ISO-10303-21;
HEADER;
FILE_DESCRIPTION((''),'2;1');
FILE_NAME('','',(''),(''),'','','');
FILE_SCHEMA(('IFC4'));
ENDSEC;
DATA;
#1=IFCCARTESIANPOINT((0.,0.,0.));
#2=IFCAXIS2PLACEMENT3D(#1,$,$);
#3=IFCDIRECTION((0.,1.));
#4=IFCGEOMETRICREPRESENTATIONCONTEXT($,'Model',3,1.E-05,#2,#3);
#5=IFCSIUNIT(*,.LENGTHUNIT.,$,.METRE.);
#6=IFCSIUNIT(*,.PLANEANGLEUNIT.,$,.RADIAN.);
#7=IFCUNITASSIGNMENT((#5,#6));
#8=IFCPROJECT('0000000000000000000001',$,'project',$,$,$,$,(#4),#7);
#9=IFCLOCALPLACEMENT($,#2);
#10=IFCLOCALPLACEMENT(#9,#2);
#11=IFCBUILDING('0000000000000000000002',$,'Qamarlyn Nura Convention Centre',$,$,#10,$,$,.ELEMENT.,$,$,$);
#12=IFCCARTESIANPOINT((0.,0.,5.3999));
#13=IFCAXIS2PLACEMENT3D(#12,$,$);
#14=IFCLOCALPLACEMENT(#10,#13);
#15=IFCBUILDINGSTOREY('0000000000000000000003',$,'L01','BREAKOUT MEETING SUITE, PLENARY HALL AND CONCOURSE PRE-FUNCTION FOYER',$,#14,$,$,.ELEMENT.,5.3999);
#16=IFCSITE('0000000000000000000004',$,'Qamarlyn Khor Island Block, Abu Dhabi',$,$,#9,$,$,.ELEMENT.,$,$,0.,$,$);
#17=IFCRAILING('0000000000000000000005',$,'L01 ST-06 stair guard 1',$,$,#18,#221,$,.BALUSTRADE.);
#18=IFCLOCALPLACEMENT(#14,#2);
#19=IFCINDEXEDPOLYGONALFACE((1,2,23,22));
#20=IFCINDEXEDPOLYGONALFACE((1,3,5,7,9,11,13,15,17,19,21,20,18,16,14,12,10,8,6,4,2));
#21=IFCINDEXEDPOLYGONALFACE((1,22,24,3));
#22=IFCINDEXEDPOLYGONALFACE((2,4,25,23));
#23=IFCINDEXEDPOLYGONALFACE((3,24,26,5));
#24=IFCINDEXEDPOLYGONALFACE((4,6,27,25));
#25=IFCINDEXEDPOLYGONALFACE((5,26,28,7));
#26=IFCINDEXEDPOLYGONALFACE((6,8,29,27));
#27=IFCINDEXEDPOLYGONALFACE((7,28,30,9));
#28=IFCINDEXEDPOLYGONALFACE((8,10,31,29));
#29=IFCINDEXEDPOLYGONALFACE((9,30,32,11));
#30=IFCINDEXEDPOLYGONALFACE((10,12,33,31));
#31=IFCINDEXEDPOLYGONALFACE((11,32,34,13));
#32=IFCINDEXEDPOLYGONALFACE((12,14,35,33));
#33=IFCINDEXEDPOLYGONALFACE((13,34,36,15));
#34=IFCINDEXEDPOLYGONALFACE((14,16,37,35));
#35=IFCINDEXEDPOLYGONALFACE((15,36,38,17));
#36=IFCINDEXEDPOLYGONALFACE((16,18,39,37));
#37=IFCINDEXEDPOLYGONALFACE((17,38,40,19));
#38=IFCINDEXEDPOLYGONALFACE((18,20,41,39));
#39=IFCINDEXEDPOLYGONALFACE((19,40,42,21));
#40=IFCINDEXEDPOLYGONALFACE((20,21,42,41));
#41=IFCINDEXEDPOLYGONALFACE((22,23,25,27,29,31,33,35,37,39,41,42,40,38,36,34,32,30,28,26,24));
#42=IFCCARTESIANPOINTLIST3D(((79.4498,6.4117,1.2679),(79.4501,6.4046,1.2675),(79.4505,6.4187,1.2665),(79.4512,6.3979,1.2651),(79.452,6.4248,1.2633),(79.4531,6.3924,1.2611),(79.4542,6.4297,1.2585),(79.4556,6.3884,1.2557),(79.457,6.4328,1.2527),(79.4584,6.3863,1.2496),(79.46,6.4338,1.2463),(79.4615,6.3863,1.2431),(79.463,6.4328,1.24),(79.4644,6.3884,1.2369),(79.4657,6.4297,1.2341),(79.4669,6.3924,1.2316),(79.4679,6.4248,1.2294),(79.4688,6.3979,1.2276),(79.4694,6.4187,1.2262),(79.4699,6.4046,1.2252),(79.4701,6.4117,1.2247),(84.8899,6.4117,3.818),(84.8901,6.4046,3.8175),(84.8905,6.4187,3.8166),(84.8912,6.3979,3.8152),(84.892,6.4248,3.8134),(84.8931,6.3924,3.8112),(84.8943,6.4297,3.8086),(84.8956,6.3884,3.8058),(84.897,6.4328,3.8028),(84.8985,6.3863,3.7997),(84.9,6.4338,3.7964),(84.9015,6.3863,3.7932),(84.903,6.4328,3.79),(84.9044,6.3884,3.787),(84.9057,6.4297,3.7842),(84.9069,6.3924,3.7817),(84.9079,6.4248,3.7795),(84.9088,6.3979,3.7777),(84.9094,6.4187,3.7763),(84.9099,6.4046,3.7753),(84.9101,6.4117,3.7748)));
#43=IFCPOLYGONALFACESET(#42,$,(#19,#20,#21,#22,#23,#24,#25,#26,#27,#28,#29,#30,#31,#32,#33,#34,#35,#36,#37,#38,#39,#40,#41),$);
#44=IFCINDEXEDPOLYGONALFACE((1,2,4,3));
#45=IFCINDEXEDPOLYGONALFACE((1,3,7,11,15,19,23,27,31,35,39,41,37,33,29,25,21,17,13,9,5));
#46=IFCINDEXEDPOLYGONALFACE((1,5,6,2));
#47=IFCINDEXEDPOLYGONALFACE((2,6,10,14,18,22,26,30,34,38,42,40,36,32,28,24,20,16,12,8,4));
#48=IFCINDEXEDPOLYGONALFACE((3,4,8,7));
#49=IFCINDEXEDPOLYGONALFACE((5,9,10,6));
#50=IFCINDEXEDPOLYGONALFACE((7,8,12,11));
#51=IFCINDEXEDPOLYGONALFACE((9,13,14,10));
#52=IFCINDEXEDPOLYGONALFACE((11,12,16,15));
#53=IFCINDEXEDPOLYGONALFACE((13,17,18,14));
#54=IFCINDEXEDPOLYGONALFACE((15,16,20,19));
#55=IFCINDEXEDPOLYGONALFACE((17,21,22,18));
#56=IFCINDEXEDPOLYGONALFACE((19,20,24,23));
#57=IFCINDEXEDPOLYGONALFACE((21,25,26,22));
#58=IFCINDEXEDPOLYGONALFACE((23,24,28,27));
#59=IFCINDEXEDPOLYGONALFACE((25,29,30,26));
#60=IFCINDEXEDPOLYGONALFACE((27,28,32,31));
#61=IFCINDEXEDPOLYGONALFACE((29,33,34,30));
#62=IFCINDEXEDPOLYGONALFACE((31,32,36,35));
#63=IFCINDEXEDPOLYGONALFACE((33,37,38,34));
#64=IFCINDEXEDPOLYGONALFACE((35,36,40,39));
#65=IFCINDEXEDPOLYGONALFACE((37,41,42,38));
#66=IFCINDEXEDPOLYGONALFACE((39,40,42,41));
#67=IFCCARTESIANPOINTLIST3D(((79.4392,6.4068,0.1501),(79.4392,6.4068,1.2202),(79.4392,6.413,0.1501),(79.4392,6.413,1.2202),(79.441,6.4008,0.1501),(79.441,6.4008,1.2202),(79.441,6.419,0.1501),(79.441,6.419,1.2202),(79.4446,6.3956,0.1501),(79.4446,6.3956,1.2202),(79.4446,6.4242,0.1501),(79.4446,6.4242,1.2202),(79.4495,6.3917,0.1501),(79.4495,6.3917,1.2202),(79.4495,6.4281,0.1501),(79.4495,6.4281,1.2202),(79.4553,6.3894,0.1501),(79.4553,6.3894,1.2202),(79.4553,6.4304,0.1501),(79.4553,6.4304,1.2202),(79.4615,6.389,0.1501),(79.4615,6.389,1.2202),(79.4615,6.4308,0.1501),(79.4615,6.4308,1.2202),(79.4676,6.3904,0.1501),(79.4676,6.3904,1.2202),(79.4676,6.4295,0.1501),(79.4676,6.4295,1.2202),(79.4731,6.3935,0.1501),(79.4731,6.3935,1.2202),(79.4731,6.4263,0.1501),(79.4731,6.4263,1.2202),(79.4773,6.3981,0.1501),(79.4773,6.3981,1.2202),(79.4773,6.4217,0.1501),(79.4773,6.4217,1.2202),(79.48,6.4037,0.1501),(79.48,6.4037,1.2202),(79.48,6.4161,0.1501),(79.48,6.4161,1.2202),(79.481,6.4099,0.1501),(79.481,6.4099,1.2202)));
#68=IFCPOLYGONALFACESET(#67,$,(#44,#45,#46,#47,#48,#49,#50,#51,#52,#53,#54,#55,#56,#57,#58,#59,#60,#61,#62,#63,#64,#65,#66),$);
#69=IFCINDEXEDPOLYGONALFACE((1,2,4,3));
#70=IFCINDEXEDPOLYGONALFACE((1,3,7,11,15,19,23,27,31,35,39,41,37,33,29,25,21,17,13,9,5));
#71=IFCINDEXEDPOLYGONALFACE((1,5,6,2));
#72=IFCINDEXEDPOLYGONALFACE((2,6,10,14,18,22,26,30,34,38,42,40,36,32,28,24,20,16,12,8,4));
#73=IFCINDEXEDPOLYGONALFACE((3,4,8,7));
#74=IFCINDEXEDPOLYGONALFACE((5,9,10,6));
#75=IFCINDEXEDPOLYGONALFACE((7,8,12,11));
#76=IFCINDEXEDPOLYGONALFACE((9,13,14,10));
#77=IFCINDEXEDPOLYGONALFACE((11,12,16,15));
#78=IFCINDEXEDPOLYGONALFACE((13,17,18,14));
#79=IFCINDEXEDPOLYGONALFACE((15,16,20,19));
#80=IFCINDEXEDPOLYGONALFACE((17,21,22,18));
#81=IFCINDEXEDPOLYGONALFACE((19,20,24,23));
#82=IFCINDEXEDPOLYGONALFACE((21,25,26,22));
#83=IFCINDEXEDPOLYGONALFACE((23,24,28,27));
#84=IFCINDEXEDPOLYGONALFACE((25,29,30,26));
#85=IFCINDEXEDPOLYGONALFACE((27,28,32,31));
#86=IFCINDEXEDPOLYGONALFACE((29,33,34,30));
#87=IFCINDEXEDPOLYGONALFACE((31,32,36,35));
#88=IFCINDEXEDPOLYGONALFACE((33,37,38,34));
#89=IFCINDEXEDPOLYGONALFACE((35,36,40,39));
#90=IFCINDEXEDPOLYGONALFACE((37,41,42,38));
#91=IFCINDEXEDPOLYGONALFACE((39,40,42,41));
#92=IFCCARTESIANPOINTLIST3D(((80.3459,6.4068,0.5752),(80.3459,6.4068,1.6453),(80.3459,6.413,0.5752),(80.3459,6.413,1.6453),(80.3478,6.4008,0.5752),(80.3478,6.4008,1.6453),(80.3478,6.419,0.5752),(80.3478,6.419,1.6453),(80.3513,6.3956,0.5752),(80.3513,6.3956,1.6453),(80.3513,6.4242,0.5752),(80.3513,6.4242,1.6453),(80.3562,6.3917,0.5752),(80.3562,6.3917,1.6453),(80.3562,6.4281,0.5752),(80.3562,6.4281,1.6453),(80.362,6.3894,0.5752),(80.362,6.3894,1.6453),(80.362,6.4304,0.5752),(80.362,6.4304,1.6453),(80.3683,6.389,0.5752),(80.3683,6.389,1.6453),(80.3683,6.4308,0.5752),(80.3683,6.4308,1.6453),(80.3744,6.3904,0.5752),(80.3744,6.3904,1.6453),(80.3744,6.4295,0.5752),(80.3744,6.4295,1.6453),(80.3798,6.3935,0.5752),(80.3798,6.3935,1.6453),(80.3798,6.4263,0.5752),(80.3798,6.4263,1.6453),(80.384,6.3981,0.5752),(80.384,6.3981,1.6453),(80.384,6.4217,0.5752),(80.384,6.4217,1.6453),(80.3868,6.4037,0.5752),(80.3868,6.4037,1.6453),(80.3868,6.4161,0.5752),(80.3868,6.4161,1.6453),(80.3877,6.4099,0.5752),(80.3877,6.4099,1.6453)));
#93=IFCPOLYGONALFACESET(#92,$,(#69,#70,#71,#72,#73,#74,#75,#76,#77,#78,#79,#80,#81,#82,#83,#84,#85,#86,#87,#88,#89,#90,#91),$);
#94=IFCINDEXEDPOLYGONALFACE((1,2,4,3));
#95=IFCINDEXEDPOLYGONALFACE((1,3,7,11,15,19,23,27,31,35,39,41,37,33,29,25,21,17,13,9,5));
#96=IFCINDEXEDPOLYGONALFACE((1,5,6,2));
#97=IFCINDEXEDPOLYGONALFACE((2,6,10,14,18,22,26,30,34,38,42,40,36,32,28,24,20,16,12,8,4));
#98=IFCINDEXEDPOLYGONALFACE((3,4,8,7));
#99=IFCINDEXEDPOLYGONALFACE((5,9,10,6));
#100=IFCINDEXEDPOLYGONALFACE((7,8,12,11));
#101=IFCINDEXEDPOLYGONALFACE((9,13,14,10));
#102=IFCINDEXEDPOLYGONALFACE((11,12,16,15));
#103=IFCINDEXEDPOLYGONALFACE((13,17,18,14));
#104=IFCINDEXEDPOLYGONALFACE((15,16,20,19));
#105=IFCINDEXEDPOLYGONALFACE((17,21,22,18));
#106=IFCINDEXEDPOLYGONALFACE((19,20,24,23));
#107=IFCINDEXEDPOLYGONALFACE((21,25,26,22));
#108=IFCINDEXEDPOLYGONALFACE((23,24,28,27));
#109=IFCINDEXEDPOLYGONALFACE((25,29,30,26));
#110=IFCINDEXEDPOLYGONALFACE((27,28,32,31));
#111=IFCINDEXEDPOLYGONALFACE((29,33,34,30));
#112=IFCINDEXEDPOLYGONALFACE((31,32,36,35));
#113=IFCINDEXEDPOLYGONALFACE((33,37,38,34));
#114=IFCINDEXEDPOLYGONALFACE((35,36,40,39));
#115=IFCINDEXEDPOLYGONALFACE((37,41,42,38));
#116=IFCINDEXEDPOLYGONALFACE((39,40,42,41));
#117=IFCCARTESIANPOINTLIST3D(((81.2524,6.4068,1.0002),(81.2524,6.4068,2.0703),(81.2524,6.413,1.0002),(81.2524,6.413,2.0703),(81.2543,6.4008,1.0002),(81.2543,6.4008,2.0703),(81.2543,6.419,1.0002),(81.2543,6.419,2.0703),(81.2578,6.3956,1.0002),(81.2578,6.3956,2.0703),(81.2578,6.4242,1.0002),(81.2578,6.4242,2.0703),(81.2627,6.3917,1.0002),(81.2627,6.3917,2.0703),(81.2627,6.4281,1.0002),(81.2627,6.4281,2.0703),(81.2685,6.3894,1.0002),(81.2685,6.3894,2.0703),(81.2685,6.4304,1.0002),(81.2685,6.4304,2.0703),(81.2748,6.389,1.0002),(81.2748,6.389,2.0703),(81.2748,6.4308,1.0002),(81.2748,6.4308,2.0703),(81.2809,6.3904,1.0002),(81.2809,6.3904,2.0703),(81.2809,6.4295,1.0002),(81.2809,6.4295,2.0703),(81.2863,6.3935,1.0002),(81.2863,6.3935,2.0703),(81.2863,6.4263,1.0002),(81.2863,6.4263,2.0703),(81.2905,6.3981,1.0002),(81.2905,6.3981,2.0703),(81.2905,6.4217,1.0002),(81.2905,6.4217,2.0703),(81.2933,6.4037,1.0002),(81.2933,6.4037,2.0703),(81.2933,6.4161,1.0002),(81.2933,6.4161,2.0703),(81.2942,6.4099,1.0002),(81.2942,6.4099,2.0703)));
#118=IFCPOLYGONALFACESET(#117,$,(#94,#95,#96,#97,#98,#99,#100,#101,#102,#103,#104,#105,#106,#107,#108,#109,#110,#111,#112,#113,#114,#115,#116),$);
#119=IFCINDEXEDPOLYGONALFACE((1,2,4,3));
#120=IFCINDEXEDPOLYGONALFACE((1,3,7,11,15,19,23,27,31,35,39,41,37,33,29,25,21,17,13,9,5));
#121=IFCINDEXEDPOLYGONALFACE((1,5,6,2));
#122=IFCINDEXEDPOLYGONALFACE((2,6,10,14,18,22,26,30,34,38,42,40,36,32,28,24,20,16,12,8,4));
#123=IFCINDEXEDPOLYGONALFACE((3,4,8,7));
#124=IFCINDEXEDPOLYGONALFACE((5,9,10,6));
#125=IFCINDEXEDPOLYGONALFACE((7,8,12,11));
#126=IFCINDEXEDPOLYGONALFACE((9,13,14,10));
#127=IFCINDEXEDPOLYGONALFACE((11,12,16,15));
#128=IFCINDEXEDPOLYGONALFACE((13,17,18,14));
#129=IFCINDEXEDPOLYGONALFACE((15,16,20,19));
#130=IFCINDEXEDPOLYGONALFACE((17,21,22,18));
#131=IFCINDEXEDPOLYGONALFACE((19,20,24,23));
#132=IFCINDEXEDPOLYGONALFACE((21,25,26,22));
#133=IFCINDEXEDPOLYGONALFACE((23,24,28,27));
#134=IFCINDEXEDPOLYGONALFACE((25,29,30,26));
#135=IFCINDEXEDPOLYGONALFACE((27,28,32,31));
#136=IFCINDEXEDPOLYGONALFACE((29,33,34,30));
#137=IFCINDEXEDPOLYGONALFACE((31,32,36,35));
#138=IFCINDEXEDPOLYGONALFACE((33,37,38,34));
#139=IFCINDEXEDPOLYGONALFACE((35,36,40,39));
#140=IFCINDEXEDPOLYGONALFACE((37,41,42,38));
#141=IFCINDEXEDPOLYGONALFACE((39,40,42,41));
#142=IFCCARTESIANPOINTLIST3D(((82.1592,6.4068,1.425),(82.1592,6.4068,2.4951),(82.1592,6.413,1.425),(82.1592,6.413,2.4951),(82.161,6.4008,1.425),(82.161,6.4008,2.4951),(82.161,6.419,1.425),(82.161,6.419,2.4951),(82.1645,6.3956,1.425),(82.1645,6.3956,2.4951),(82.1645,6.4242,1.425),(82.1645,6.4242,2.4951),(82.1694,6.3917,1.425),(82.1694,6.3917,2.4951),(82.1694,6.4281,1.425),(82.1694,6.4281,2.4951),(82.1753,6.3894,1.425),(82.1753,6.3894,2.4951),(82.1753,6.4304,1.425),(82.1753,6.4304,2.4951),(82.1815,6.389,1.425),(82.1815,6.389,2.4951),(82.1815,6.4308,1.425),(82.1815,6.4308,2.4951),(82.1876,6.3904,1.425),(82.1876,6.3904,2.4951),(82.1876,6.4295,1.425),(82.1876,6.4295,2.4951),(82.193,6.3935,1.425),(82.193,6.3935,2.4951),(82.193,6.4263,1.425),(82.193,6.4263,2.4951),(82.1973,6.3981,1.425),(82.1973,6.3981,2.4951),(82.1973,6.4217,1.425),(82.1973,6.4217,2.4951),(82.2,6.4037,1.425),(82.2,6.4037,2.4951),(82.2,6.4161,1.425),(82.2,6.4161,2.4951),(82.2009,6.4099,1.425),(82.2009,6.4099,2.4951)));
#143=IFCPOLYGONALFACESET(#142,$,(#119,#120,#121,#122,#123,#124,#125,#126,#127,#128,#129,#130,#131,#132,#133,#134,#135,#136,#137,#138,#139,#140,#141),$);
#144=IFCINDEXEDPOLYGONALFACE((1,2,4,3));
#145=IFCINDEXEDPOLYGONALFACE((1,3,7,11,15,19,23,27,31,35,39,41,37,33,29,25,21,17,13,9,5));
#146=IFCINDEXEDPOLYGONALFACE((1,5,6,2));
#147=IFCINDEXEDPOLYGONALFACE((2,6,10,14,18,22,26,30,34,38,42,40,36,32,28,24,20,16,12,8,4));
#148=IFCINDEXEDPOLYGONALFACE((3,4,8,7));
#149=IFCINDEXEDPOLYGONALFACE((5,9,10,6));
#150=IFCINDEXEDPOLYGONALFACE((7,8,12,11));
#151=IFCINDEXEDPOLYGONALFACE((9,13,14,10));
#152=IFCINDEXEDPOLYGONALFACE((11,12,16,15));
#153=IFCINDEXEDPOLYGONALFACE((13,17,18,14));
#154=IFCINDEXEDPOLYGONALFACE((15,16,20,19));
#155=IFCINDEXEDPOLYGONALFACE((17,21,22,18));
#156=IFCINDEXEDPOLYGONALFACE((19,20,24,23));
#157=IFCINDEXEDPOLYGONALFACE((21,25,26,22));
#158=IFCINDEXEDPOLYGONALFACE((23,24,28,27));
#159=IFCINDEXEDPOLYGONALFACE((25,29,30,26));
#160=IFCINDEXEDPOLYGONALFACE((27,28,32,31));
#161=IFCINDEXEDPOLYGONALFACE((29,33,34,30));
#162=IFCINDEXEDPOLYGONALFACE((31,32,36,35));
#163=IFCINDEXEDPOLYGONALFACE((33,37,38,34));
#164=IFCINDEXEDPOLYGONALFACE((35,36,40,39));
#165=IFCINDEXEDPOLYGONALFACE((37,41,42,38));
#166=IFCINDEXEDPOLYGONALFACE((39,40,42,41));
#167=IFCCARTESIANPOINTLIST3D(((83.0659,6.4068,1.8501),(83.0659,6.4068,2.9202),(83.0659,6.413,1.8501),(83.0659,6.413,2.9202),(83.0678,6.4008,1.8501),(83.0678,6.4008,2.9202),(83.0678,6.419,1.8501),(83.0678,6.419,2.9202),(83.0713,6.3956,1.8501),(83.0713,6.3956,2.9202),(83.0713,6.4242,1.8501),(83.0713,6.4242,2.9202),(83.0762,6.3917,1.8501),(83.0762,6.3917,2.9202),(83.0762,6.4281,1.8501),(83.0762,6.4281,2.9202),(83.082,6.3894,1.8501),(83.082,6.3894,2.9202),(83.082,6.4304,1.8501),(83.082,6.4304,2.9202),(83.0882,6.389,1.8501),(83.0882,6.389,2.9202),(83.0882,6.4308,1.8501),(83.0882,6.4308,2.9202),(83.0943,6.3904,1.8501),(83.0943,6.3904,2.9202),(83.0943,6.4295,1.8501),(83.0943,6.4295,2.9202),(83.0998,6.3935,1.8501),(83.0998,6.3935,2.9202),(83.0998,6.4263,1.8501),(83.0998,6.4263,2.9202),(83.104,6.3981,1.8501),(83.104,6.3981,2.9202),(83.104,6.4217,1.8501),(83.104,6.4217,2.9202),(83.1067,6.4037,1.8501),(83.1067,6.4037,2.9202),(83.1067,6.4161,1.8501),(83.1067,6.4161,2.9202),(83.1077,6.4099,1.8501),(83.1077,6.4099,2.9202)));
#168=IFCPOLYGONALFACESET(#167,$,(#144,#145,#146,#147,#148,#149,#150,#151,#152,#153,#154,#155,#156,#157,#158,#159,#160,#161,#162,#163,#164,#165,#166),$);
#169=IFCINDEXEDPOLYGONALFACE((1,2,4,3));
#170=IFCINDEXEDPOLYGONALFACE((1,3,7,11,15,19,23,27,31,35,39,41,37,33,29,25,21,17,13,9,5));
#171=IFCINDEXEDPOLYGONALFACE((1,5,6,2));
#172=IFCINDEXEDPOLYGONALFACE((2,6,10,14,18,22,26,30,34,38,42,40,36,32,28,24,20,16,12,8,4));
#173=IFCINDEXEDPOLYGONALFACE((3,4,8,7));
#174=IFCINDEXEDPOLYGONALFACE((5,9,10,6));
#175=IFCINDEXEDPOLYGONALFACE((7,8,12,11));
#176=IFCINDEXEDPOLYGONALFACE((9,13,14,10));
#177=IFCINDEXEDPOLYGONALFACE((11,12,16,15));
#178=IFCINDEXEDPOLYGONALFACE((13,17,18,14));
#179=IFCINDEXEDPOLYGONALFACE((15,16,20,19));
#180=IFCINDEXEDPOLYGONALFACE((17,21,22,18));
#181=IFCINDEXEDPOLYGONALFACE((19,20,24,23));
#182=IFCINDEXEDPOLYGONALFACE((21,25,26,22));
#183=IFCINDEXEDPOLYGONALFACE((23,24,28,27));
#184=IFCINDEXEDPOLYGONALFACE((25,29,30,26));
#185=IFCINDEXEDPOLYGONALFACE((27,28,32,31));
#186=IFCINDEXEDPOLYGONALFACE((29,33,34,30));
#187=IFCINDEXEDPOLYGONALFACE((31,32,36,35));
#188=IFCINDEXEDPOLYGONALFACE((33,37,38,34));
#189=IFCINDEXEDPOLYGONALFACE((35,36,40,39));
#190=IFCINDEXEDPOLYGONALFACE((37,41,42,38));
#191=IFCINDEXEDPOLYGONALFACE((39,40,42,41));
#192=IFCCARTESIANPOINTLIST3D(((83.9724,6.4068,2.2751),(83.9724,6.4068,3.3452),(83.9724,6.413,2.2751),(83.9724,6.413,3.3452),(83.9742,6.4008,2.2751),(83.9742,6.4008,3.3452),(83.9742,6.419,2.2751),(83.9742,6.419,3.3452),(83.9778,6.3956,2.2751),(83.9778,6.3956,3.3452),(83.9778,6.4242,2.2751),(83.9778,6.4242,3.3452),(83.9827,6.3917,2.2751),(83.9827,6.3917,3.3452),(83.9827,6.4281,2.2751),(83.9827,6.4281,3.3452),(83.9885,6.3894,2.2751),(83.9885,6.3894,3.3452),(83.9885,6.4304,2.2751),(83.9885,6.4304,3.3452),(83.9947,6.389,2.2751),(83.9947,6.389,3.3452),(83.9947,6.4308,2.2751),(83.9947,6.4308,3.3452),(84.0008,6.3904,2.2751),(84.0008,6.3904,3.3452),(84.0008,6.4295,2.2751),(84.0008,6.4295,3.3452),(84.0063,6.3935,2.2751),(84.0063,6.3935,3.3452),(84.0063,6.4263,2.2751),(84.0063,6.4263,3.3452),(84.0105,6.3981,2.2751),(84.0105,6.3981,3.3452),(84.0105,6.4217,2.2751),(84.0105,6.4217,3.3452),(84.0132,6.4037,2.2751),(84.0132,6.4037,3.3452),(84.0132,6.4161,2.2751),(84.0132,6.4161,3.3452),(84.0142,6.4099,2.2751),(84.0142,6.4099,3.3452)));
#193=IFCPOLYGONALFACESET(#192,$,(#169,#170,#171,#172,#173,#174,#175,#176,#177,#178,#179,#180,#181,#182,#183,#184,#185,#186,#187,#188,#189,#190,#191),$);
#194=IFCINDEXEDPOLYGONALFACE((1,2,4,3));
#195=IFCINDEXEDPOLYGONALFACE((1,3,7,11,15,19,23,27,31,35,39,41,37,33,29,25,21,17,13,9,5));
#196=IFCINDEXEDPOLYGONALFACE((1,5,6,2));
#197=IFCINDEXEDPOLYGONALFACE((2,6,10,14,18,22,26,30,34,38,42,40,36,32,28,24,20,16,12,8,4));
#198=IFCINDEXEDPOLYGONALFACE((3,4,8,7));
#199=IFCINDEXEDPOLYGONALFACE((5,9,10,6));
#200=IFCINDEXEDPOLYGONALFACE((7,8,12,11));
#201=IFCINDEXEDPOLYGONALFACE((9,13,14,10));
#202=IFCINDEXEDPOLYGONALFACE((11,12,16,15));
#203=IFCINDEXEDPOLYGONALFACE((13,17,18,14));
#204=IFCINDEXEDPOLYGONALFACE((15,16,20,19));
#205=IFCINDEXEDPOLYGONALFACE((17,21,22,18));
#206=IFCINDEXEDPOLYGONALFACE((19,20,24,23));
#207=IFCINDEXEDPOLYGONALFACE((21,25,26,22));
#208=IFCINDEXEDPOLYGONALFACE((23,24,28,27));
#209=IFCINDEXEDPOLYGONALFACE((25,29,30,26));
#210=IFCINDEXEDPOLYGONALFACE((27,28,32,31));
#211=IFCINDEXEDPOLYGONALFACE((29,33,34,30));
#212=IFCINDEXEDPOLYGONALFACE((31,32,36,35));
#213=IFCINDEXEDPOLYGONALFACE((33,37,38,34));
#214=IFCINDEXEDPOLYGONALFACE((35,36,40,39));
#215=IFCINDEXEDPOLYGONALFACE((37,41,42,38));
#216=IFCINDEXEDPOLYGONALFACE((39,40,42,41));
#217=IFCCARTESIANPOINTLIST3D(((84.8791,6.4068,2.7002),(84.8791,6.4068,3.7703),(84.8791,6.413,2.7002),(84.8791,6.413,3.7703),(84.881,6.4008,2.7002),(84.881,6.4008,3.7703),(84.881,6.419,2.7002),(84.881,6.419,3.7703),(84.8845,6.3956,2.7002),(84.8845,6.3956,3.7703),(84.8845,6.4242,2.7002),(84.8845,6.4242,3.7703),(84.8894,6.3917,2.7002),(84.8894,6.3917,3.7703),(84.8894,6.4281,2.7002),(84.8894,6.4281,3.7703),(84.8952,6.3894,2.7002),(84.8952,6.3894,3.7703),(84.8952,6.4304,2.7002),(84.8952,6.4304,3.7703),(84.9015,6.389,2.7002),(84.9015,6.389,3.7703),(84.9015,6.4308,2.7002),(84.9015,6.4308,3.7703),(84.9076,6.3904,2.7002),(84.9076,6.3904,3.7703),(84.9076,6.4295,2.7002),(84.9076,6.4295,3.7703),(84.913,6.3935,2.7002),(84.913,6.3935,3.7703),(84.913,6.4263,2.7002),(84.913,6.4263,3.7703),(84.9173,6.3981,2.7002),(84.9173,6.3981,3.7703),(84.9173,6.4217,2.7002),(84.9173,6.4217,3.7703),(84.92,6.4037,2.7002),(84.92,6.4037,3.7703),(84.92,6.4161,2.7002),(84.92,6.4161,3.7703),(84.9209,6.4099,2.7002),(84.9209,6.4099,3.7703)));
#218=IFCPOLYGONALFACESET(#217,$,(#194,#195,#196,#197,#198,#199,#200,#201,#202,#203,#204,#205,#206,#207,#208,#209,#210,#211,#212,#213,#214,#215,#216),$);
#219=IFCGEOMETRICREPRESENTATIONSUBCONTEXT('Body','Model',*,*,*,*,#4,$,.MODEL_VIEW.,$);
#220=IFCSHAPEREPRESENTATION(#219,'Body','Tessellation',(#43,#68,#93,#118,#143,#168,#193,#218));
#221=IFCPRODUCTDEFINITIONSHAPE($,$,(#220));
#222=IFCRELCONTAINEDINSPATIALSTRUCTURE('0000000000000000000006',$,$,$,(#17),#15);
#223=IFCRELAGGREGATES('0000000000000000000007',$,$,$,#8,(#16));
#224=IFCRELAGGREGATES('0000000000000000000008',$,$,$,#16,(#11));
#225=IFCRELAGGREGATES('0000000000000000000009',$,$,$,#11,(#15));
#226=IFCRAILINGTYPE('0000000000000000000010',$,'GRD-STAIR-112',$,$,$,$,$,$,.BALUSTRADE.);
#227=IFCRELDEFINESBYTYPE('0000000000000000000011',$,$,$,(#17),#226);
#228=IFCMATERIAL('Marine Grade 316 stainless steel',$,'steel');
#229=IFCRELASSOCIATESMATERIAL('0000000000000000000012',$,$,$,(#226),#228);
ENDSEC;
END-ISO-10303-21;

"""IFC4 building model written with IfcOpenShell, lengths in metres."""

from ifc_helpers import new_model, si_unit, direction, frame, origin, origin_2d, place, context, subcontext, project, spatial, circle, extrude, material, type_object, element, save


model = new_model("IFC4")

# Units and contexts
model_context = context("Model", 3, precision=1e-05, world=origin(), true_north=direction((0.0, 1.0)))
body_context = subcontext(model_context, "Body", "Model", "MODEL_VIEW")
ifc_project = project(units=[si_unit("LENGTHUNIT", "METRE"), si_unit("PLANEANGLEUNIT", "RADIAN")], contexts=[model_context])

# Site, building, storey
site_placement = place(None, origin())
site = spatial("IfcSite", under=ifc_project, at=site_placement, Name="Qamarlyn Khor Island Block, Abu Dhabi", CompositionType="ELEMENT", RefElevation=0.0)
building_placement = place(site_placement, origin())
building = spatial("IfcBuilding", under=site, at=building_placement, Name="Qamarlyn Nura Convention Centre", CompositionType="ELEMENT")
storey_placement = place(building_placement, frame((0.0, 0.0, 5.3999)))
storey = spatial("IfcBuildingStorey", under=building, at=storey_placement, Name="L01", Description="BREAKOUT MEETING SUITE, PLENARY HALL AND CONCOURSE PRE-FUNCTION FOYER", CompositionType="ELEMENT", Elevation=5.3999)

# Railing
ifc_material_1 = material(Name="Marine Grade 316 stainless steel", Category="steel")
railing_type_1 = type_object("IfcRailingType", Name="GRD-STAIR-112", PredefinedType="BALUSTRADE", material=ifc_material_1)
railing_1_placement = place(storey_placement, frame((79.46, 6.4099, 0.1501)))
element("IfcRailing", 1, at=railing_1_placement, inside=storey, type_object=railing_type_1, Name="L01 ST-06 stair guard 1", PredefinedType="BALUSTRADE", context=body_context, shape_type="SweptSolid", body=[
    extrude(circle(Radius=0.0239, at=origin_2d()), frame((0.0, 0.0, 1.0962), z_axis=(0.905454, 0.0, 0.424444), x_axis=(0.0, 1.0, 0.0)), (0.0, 0.0, 1.0), 6.0081),
    extrude(circle(Radius=0.021, at=origin_2d()), origin(), (0.0, 0.0, 1.0), 1.0701),
    extrude(circle(Radius=0.021, at=origin_2d()), frame((0.9067, 0.0, 0.425)), (0.0, 0.0, 1.0), 1.0701),
    extrude(circle(Radius=0.021, at=origin_2d()), frame((1.8132, 0.0, 0.8501)), (0.0, 0.0, 1.0), 1.0701),
    extrude(circle(Radius=0.021, at=origin_2d()), frame((2.72, 0.0, 1.2749)), (0.0, 0.0, 1.0), 1.0701),
    extrude(circle(Radius=0.021, at=origin_2d()), frame((3.6267, 0.0, 1.7)), (0.0, 0.0, 1.0), 1.0701),
    extrude(circle(Radius=0.021, at=origin_2d()), frame((4.5332, 0.0, 2.125)), (0.0, 0.0, 1.0), 1.0701),
    extrude(circle(Radius=0.021, at=origin_2d()), frame((5.4399, 0.0, 2.55)), (0.0, 0.0, 1.0), 1.0701),
])

save(model, "model.ifc")
